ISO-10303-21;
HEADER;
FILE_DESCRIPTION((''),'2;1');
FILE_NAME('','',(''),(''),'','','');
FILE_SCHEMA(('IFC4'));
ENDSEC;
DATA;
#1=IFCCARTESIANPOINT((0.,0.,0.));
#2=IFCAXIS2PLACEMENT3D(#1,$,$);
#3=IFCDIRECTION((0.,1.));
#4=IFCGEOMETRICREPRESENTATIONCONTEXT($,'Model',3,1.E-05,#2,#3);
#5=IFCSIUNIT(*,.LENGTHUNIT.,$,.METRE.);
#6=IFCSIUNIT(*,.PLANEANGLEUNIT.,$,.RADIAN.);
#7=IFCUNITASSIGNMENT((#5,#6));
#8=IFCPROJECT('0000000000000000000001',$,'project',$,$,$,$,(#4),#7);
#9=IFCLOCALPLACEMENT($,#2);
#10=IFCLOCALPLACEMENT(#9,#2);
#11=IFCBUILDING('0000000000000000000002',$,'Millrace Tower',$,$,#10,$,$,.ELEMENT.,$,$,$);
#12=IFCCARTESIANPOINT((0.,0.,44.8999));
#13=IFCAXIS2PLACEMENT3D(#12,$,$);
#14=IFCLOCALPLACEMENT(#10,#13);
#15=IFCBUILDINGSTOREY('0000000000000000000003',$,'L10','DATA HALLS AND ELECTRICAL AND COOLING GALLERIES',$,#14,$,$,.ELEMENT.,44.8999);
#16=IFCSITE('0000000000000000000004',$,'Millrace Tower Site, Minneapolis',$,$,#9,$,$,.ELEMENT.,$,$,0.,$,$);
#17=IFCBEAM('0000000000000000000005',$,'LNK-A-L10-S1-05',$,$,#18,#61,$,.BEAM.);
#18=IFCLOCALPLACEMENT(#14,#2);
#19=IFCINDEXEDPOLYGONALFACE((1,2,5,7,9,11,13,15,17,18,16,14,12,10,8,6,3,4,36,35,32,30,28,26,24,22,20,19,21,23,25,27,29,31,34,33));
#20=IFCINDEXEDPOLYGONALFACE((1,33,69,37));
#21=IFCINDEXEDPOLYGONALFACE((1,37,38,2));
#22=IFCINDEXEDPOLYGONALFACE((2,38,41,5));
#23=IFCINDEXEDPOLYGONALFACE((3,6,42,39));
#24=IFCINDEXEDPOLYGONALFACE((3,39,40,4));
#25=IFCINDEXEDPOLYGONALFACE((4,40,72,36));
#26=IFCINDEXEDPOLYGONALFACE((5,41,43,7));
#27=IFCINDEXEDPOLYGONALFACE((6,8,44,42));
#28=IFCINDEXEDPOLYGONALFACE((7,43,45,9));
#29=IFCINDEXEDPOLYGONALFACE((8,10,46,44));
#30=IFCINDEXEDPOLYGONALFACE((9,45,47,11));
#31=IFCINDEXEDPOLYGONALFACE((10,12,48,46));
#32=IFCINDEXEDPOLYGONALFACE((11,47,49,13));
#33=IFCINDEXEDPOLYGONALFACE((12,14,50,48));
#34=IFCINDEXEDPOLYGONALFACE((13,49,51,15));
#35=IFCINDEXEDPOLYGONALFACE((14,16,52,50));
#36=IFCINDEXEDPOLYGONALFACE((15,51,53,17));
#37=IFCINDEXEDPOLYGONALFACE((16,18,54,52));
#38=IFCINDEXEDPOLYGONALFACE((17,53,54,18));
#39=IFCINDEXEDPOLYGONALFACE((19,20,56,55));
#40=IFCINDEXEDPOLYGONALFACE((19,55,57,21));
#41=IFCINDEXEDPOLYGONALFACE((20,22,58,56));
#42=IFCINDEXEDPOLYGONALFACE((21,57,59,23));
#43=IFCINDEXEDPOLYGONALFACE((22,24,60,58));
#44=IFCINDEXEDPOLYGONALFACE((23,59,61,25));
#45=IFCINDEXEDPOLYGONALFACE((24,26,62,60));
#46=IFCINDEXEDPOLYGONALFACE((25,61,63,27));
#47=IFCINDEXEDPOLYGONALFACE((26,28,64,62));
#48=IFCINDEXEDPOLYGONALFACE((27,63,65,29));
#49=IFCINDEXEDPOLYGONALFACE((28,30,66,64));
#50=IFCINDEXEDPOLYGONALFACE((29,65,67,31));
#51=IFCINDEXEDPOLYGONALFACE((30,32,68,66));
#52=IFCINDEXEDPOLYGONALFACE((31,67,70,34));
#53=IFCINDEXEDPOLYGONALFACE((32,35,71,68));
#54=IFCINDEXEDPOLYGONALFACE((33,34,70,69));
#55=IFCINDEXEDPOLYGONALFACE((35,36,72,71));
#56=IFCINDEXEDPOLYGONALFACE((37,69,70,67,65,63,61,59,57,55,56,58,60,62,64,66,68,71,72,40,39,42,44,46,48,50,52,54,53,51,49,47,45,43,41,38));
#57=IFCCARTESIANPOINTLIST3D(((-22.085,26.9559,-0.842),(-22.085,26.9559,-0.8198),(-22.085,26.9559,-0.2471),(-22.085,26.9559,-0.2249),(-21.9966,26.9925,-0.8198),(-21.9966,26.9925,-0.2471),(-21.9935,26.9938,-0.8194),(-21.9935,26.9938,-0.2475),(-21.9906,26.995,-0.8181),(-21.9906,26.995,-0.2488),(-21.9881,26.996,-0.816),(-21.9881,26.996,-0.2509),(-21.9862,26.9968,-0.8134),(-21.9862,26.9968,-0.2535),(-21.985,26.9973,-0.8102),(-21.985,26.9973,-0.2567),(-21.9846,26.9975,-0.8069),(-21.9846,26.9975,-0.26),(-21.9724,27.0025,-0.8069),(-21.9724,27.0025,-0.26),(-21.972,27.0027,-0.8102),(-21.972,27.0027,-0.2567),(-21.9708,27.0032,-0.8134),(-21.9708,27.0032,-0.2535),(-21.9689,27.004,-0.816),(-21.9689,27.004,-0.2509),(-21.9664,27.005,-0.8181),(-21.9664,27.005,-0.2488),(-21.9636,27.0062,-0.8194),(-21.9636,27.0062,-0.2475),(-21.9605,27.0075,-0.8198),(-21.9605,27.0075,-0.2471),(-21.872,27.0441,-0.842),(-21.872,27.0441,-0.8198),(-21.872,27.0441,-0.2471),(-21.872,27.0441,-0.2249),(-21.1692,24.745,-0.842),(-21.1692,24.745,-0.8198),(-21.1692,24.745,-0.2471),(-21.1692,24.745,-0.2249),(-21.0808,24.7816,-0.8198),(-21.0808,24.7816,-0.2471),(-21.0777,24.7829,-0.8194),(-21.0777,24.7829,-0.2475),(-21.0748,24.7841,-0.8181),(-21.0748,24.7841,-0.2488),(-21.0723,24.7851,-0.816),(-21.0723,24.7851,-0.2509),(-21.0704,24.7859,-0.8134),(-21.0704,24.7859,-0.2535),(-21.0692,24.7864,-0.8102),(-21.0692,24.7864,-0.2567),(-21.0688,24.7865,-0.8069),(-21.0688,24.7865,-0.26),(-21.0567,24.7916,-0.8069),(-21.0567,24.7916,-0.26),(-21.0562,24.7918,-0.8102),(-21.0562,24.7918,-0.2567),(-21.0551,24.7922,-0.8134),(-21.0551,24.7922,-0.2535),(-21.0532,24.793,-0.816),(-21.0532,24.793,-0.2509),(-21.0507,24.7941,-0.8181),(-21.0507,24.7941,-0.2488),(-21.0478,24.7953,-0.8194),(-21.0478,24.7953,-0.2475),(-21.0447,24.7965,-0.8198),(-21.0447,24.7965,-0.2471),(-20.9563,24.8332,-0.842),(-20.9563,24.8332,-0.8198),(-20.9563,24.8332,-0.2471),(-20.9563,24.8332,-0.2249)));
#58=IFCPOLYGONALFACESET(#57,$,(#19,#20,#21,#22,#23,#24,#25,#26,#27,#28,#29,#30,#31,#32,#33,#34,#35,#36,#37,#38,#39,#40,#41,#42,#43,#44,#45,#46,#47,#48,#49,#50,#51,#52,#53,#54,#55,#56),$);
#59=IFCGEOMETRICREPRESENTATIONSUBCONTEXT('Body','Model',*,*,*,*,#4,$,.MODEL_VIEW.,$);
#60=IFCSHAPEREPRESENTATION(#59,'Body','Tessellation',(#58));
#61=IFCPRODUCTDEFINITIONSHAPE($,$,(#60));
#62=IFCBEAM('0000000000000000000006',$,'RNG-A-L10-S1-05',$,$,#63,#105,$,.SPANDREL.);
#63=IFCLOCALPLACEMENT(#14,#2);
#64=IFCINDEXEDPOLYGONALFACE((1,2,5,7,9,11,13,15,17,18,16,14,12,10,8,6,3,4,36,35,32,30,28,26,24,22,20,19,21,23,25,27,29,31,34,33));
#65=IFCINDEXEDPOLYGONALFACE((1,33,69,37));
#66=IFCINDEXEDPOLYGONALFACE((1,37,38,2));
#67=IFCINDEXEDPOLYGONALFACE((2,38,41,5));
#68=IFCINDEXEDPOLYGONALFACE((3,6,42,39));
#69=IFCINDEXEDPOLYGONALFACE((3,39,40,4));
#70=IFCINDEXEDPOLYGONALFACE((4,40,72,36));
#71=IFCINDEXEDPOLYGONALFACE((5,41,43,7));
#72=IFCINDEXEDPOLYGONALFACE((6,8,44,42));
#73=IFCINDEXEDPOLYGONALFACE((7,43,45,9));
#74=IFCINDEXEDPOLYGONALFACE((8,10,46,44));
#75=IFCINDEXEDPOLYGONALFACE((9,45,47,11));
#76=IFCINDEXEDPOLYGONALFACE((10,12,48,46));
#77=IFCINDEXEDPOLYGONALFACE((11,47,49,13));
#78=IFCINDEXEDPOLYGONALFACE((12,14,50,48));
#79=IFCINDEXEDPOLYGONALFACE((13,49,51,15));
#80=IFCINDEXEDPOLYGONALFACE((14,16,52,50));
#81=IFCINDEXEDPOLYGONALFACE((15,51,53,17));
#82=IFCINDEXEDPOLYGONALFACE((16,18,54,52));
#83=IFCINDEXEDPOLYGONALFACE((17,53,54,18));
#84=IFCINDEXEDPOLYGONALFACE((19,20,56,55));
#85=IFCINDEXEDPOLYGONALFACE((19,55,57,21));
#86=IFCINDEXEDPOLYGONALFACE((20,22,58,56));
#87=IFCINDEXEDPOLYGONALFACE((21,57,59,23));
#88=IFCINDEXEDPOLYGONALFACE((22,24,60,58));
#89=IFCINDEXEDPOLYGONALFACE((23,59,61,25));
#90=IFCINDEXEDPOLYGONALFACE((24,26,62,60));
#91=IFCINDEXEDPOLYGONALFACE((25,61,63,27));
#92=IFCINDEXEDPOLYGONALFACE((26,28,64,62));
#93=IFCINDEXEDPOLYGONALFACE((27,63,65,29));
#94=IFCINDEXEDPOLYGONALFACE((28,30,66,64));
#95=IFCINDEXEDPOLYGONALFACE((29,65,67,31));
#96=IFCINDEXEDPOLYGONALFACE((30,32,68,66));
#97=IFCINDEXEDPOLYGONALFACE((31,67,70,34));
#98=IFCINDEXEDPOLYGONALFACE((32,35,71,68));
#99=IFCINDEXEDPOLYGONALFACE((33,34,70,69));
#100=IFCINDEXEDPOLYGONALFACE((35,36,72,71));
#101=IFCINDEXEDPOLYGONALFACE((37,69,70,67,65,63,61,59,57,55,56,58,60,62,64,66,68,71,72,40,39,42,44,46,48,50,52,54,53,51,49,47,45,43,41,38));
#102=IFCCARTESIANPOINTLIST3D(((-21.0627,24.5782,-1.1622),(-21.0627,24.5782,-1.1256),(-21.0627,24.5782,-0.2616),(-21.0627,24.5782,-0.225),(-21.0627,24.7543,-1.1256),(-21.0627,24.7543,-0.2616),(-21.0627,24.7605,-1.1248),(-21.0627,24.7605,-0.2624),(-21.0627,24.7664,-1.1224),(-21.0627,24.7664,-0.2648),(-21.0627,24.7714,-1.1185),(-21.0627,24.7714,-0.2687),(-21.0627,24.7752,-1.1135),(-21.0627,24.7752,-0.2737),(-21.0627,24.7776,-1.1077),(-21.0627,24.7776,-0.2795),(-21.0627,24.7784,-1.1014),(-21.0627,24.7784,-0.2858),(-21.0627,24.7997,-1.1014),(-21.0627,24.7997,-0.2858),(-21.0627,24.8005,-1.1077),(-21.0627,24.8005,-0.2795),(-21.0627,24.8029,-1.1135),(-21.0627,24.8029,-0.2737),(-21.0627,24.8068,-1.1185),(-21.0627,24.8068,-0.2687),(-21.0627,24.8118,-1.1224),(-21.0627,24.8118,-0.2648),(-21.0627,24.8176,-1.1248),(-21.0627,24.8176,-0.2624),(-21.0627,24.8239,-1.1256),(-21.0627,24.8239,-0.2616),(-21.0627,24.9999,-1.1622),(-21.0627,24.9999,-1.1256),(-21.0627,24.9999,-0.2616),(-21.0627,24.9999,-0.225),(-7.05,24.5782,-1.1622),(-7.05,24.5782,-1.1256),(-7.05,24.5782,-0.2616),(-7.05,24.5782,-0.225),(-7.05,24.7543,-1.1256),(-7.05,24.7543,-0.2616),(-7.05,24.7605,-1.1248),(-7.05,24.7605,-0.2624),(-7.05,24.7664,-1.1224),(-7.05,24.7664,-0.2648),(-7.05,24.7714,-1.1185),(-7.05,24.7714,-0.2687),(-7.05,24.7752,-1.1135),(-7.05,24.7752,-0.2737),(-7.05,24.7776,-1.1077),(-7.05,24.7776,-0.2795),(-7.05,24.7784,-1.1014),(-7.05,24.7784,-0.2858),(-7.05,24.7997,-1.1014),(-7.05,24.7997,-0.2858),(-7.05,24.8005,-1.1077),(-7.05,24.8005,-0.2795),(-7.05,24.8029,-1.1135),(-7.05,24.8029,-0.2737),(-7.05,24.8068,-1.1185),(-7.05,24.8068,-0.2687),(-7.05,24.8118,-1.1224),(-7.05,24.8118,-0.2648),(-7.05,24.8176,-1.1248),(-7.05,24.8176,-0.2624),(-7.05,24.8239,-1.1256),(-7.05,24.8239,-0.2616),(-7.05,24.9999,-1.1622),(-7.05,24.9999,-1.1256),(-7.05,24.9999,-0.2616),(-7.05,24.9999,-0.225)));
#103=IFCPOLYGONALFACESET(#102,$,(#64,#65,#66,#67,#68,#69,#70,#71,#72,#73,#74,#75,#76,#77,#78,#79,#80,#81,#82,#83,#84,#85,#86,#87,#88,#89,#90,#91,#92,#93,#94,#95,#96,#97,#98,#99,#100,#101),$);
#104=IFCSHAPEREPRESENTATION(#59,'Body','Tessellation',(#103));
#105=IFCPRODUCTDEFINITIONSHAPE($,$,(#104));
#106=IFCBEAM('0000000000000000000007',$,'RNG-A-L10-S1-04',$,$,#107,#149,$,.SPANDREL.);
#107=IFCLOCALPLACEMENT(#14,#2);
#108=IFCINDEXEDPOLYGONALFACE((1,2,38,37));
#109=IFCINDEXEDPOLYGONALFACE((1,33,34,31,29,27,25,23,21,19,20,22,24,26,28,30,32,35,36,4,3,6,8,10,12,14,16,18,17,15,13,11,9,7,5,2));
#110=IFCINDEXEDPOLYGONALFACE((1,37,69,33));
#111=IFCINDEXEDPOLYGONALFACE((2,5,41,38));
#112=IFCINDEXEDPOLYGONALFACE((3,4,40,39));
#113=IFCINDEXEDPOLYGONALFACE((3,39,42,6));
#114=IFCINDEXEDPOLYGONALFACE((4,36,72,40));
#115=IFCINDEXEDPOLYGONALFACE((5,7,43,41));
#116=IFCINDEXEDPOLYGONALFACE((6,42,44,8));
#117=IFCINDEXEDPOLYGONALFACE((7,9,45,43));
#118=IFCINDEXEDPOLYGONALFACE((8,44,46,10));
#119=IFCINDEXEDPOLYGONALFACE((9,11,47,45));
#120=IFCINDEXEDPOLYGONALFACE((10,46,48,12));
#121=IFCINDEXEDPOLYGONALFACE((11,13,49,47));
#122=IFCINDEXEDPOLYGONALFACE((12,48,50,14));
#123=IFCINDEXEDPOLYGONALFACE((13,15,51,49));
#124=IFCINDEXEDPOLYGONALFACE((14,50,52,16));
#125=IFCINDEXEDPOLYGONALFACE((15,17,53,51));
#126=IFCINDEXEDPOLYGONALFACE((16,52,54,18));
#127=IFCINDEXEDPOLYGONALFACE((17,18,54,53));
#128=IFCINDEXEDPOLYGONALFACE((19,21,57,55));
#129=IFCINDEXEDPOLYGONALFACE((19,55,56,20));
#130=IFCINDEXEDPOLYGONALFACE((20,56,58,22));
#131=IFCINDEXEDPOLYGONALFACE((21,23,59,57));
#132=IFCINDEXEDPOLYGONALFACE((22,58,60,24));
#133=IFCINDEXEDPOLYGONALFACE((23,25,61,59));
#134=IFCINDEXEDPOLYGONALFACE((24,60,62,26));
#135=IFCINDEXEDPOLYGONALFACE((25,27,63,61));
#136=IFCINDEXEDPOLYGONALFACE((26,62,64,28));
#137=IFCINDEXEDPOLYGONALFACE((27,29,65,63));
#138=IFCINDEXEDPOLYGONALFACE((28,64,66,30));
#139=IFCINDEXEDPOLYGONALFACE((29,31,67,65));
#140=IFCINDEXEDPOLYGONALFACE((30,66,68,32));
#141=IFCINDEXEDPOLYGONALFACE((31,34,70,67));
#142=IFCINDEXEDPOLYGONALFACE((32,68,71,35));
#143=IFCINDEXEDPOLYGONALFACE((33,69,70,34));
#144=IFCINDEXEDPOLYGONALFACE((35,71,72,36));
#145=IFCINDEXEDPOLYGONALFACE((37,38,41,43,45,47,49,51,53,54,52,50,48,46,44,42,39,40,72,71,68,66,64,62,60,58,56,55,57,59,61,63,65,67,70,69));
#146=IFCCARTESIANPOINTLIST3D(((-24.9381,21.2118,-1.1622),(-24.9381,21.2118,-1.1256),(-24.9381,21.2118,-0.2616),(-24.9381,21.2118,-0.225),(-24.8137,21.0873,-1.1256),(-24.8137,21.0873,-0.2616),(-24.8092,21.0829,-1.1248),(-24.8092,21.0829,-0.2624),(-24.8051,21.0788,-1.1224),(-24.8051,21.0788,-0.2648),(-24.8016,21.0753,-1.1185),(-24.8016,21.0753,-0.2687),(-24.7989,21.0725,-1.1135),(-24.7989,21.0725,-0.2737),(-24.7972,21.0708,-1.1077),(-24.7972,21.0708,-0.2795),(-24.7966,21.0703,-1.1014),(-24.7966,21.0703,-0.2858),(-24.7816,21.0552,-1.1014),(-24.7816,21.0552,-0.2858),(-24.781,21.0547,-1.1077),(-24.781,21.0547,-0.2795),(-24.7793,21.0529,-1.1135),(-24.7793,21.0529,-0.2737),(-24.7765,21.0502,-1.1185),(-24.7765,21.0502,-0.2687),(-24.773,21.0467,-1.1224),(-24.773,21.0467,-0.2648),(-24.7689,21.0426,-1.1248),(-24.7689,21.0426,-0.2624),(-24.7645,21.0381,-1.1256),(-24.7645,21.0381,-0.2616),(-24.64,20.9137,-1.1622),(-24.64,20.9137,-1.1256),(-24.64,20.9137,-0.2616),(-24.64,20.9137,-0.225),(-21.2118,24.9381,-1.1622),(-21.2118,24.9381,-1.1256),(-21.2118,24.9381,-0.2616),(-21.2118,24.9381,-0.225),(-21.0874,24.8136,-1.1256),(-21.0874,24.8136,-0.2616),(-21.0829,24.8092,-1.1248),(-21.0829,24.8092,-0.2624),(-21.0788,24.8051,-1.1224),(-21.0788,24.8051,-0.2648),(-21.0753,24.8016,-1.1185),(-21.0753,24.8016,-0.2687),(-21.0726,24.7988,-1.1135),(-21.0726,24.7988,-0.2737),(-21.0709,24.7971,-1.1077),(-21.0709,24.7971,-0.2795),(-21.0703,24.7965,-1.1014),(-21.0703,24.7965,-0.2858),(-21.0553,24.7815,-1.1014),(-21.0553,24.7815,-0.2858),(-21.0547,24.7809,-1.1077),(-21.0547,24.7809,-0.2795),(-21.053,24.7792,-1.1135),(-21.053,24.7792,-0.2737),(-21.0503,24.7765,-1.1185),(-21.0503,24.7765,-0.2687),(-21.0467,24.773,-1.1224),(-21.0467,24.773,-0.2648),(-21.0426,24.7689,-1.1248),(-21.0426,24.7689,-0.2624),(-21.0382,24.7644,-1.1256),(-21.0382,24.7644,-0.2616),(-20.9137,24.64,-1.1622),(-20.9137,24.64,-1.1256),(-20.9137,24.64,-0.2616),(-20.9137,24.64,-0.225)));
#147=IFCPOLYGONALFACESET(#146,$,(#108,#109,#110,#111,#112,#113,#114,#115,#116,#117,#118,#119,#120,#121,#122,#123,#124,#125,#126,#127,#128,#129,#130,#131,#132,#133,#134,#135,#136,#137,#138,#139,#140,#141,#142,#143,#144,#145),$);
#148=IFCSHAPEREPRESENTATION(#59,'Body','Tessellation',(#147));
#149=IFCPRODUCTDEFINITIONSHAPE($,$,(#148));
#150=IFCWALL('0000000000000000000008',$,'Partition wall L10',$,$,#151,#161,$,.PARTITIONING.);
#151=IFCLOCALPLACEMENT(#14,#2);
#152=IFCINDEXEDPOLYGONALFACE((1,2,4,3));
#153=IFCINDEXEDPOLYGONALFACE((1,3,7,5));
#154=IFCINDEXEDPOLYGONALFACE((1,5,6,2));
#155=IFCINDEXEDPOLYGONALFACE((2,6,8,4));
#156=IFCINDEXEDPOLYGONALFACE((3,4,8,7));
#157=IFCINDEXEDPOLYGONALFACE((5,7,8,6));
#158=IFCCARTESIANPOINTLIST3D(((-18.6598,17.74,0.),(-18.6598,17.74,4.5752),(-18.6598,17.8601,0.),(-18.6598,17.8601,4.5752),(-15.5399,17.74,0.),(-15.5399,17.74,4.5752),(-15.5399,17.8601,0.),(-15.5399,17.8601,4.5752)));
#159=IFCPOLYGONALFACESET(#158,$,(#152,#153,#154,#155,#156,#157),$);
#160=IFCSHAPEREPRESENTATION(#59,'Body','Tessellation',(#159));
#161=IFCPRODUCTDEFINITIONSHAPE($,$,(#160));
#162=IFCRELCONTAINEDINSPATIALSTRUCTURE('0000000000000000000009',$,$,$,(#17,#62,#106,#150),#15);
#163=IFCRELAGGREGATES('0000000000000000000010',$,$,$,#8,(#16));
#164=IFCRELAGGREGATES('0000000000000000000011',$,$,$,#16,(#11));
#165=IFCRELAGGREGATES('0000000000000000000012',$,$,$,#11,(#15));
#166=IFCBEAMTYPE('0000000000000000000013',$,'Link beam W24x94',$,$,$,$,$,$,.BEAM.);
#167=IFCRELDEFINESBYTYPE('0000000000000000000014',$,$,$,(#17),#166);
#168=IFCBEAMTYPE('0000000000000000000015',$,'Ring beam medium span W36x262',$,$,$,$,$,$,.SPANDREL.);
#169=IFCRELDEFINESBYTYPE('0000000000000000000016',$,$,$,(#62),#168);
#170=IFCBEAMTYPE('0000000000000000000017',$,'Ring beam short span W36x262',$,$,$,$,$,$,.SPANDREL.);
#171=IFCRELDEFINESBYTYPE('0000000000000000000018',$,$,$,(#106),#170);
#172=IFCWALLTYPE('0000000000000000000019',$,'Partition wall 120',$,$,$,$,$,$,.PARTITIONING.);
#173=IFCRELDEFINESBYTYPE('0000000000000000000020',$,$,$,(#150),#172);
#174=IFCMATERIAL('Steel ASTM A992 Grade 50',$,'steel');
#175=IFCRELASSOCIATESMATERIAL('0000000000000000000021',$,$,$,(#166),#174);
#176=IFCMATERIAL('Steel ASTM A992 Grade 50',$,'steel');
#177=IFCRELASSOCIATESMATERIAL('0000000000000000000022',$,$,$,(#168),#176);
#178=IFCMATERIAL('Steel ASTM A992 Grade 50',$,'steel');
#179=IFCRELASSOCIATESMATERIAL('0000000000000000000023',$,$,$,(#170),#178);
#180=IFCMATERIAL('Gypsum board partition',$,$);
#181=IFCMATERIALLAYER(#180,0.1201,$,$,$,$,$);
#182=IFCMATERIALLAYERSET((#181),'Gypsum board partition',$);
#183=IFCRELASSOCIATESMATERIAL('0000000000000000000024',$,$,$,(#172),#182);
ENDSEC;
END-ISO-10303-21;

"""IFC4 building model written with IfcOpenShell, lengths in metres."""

from ifc_helpers import new_model, si_unit, direction, frame, frame_2d, origin, origin_2d, place, context, subcontext, project, spatial, rectangle, i_section, extrude, material, layer, layer_set, material_profile, profile_set, type_object, element, save


model = new_model("IFC4")

# Units and contexts
model_context = context("Model", 3, precision=1e-05, world=origin(), true_north=direction((0.0, 1.0)))
body_context = subcontext(model_context, "Body", "Model", "MODEL_VIEW")
ifc_project = project(units=[si_unit("LENGTHUNIT", "METRE"), si_unit("PLANEANGLEUNIT", "RADIAN")], contexts=[model_context])

# Site, building, storey
site_placement = place(None, origin())
site = spatial("IfcSite", under=ifc_project, at=site_placement, Name="Millrace Tower Site, Minneapolis", CompositionType="ELEMENT", RefElevation=0.0)
building_placement = place(site_placement, origin())
building = spatial("IfcBuilding", under=site, at=building_placement, Name="Millrace Tower", CompositionType="ELEMENT")
storey_placement = place(building_placement, frame((0.0, 0.0, 44.8999)))
storey = spatial("IfcBuildingStorey", under=building, at=storey_placement, Name="L10", Description="DATA HALLS AND ELECTRICAL AND COOLING GALLERIES", CompositionType="ELEMENT", Elevation=44.8999)

# Beams
ifc_material_1 = material(Name="Steel ASTM A992 Grade 50", Category="steel")
ifc_material_profile_1 = material_profile(ifc_material_1, i_section(OverallWidth=0.2305, OverallDepth=0.6172, WebThickness=0.0132, FlangeThickness=0.0222, FilletRadius=0.0129, at=origin_2d()))
ifc_profile_set_1 = profile_set([ifc_material_profile_1], Name="Steel ASTM A992 Grade 50")
beam_type_1 = type_object("IfcBeamType", Name="Link beam W24x94", PredefinedType="BEAM", material=ifc_profile_set_1)
for number, where, z_axis, x_axis, name in (
    (1, (-21.0627, 24.7891, -0.5334), (-0.382673, 0.923884, 0.0), (-0.923884, -0.382673, 0.0), "LNK-A-L10-S1-05"),
):
    element("IfcBeam", number, at=place(storey_placement, frame(where, z_axis=z_axis, x_axis=x_axis)), inside=storey, type_object=beam_type_1, Name=name, PredefinedType="BEAM", context=body_context, shape_type="SweptSolid", body=[
        extrude(i_section(OverallWidth=0.2305, OverallDepth=0.6172, WebThickness=0.0132, FlangeThickness=0.0222, FilletRadius=0.0129, at=origin_2d()), origin(), (0.0, 0.0, 1.0), 2.3931),
    ])
ifc_material_2 = material(Name="Steel ASTM A992 Grade 50", Category="steel")
ifc_material_profile_2 = material_profile(ifc_material_2, i_section(OverallWidth=0.4216, OverallDepth=0.9373, WebThickness=0.0212, FlangeThickness=0.0366, FilletRadius=0.0242, at=origin_2d()))
ifc_profile_set_2 = profile_set([ifc_material_profile_2], Name="Steel ASTM A992 Grade 50")
beam_type_2 = type_object("IfcBeamType", Name="Ring beam medium span W36x262", PredefinedType="SPANDREL", material=ifc_profile_set_2)
beam_1_placement = place(storey_placement, frame((-21.0627, 24.7891, -0.6936), z_axis=(1.0, 0.0, 0.0), x_axis=(0.0, 1.0, 0.0)))
element("IfcBeam", 2, at=beam_1_placement, inside=storey, type_object=beam_type_2, Name="RNG-A-L10-S1-05", PredefinedType="SPANDREL", context=body_context, shape_type="SweptSolid", body=[
    extrude(i_section(OverallWidth=0.4216, OverallDepth=0.9373, WebThickness=0.0212, FlangeThickness=0.0366, FilletRadius=0.0242, at=origin_2d()), origin(), (0.0, 0.0, 1.0), 14.0127),
])
ifc_material_3 = material(Name="Steel ASTM A992 Grade 50", Category="steel")
ifc_material_profile_3 = material_profile(ifc_material_3, i_section(OverallWidth=0.4216, OverallDepth=0.9373, WebThickness=0.0212, FlangeThickness=0.0366, FilletRadius=0.0242, at=origin_2d()))
ifc_profile_set_3 = profile_set([ifc_material_profile_3], Name="Steel ASTM A992 Grade 50")
beam_type_3 = type_object("IfcBeamType", Name="Ring beam short span W36x262", PredefinedType="SPANDREL", material=ifc_profile_set_3)
beam_2_placement = place(storey_placement, frame((-24.7891, 21.0627, -0.6936), z_axis=(0.707107, 0.707107, 0.0), x_axis=(-0.707107, 0.707107, 0.0)))
element("IfcBeam", 3, at=beam_2_placement, inside=storey, type_object=beam_type_3, Name="RNG-A-L10-S1-04", PredefinedType="SPANDREL", context=body_context, shape_type="SweptSolid", body=[
    extrude(i_section(OverallWidth=0.4216, OverallDepth=0.9373, WebThickness=0.0212, FlangeThickness=0.0366, FilletRadius=0.0242, at=origin_2d()), origin(), (0.0, 0.0, 1.0), 5.2698),
])

# Wall
ifc_material_4 = material(Name="Gypsum board partition")
ifc_layer_1 = layer(ifc_material_4, 0.1201)
ifc_layer_set_1 = layer_set([ifc_layer_1], Name="Gypsum board partition")
wall_type = type_object("IfcWallType", Name="Partition wall 120", PredefinedType="PARTITIONING", material=ifc_layer_set_1)
wall_placement = place(storey_placement, frame((-18.6599, 17.8, 0.0), z_axis=(0.0, 0.0, 1.0), x_axis=(1.0, 0.0, 0.0)))
element("IfcWall", 4, at=wall_placement, inside=storey, type_object=wall_type, Name="Partition wall L10", PredefinedType="PARTITIONING", context=body_context, shape_type="SweptSolid", body=[
    extrude(rectangle(XDim=3.1199, YDim=0.1201, at=frame_2d((1.5601, 0.0))), origin(), (0.0, 0.0, 1.0), 4.5752),
])

save(model, "model.ifc")
